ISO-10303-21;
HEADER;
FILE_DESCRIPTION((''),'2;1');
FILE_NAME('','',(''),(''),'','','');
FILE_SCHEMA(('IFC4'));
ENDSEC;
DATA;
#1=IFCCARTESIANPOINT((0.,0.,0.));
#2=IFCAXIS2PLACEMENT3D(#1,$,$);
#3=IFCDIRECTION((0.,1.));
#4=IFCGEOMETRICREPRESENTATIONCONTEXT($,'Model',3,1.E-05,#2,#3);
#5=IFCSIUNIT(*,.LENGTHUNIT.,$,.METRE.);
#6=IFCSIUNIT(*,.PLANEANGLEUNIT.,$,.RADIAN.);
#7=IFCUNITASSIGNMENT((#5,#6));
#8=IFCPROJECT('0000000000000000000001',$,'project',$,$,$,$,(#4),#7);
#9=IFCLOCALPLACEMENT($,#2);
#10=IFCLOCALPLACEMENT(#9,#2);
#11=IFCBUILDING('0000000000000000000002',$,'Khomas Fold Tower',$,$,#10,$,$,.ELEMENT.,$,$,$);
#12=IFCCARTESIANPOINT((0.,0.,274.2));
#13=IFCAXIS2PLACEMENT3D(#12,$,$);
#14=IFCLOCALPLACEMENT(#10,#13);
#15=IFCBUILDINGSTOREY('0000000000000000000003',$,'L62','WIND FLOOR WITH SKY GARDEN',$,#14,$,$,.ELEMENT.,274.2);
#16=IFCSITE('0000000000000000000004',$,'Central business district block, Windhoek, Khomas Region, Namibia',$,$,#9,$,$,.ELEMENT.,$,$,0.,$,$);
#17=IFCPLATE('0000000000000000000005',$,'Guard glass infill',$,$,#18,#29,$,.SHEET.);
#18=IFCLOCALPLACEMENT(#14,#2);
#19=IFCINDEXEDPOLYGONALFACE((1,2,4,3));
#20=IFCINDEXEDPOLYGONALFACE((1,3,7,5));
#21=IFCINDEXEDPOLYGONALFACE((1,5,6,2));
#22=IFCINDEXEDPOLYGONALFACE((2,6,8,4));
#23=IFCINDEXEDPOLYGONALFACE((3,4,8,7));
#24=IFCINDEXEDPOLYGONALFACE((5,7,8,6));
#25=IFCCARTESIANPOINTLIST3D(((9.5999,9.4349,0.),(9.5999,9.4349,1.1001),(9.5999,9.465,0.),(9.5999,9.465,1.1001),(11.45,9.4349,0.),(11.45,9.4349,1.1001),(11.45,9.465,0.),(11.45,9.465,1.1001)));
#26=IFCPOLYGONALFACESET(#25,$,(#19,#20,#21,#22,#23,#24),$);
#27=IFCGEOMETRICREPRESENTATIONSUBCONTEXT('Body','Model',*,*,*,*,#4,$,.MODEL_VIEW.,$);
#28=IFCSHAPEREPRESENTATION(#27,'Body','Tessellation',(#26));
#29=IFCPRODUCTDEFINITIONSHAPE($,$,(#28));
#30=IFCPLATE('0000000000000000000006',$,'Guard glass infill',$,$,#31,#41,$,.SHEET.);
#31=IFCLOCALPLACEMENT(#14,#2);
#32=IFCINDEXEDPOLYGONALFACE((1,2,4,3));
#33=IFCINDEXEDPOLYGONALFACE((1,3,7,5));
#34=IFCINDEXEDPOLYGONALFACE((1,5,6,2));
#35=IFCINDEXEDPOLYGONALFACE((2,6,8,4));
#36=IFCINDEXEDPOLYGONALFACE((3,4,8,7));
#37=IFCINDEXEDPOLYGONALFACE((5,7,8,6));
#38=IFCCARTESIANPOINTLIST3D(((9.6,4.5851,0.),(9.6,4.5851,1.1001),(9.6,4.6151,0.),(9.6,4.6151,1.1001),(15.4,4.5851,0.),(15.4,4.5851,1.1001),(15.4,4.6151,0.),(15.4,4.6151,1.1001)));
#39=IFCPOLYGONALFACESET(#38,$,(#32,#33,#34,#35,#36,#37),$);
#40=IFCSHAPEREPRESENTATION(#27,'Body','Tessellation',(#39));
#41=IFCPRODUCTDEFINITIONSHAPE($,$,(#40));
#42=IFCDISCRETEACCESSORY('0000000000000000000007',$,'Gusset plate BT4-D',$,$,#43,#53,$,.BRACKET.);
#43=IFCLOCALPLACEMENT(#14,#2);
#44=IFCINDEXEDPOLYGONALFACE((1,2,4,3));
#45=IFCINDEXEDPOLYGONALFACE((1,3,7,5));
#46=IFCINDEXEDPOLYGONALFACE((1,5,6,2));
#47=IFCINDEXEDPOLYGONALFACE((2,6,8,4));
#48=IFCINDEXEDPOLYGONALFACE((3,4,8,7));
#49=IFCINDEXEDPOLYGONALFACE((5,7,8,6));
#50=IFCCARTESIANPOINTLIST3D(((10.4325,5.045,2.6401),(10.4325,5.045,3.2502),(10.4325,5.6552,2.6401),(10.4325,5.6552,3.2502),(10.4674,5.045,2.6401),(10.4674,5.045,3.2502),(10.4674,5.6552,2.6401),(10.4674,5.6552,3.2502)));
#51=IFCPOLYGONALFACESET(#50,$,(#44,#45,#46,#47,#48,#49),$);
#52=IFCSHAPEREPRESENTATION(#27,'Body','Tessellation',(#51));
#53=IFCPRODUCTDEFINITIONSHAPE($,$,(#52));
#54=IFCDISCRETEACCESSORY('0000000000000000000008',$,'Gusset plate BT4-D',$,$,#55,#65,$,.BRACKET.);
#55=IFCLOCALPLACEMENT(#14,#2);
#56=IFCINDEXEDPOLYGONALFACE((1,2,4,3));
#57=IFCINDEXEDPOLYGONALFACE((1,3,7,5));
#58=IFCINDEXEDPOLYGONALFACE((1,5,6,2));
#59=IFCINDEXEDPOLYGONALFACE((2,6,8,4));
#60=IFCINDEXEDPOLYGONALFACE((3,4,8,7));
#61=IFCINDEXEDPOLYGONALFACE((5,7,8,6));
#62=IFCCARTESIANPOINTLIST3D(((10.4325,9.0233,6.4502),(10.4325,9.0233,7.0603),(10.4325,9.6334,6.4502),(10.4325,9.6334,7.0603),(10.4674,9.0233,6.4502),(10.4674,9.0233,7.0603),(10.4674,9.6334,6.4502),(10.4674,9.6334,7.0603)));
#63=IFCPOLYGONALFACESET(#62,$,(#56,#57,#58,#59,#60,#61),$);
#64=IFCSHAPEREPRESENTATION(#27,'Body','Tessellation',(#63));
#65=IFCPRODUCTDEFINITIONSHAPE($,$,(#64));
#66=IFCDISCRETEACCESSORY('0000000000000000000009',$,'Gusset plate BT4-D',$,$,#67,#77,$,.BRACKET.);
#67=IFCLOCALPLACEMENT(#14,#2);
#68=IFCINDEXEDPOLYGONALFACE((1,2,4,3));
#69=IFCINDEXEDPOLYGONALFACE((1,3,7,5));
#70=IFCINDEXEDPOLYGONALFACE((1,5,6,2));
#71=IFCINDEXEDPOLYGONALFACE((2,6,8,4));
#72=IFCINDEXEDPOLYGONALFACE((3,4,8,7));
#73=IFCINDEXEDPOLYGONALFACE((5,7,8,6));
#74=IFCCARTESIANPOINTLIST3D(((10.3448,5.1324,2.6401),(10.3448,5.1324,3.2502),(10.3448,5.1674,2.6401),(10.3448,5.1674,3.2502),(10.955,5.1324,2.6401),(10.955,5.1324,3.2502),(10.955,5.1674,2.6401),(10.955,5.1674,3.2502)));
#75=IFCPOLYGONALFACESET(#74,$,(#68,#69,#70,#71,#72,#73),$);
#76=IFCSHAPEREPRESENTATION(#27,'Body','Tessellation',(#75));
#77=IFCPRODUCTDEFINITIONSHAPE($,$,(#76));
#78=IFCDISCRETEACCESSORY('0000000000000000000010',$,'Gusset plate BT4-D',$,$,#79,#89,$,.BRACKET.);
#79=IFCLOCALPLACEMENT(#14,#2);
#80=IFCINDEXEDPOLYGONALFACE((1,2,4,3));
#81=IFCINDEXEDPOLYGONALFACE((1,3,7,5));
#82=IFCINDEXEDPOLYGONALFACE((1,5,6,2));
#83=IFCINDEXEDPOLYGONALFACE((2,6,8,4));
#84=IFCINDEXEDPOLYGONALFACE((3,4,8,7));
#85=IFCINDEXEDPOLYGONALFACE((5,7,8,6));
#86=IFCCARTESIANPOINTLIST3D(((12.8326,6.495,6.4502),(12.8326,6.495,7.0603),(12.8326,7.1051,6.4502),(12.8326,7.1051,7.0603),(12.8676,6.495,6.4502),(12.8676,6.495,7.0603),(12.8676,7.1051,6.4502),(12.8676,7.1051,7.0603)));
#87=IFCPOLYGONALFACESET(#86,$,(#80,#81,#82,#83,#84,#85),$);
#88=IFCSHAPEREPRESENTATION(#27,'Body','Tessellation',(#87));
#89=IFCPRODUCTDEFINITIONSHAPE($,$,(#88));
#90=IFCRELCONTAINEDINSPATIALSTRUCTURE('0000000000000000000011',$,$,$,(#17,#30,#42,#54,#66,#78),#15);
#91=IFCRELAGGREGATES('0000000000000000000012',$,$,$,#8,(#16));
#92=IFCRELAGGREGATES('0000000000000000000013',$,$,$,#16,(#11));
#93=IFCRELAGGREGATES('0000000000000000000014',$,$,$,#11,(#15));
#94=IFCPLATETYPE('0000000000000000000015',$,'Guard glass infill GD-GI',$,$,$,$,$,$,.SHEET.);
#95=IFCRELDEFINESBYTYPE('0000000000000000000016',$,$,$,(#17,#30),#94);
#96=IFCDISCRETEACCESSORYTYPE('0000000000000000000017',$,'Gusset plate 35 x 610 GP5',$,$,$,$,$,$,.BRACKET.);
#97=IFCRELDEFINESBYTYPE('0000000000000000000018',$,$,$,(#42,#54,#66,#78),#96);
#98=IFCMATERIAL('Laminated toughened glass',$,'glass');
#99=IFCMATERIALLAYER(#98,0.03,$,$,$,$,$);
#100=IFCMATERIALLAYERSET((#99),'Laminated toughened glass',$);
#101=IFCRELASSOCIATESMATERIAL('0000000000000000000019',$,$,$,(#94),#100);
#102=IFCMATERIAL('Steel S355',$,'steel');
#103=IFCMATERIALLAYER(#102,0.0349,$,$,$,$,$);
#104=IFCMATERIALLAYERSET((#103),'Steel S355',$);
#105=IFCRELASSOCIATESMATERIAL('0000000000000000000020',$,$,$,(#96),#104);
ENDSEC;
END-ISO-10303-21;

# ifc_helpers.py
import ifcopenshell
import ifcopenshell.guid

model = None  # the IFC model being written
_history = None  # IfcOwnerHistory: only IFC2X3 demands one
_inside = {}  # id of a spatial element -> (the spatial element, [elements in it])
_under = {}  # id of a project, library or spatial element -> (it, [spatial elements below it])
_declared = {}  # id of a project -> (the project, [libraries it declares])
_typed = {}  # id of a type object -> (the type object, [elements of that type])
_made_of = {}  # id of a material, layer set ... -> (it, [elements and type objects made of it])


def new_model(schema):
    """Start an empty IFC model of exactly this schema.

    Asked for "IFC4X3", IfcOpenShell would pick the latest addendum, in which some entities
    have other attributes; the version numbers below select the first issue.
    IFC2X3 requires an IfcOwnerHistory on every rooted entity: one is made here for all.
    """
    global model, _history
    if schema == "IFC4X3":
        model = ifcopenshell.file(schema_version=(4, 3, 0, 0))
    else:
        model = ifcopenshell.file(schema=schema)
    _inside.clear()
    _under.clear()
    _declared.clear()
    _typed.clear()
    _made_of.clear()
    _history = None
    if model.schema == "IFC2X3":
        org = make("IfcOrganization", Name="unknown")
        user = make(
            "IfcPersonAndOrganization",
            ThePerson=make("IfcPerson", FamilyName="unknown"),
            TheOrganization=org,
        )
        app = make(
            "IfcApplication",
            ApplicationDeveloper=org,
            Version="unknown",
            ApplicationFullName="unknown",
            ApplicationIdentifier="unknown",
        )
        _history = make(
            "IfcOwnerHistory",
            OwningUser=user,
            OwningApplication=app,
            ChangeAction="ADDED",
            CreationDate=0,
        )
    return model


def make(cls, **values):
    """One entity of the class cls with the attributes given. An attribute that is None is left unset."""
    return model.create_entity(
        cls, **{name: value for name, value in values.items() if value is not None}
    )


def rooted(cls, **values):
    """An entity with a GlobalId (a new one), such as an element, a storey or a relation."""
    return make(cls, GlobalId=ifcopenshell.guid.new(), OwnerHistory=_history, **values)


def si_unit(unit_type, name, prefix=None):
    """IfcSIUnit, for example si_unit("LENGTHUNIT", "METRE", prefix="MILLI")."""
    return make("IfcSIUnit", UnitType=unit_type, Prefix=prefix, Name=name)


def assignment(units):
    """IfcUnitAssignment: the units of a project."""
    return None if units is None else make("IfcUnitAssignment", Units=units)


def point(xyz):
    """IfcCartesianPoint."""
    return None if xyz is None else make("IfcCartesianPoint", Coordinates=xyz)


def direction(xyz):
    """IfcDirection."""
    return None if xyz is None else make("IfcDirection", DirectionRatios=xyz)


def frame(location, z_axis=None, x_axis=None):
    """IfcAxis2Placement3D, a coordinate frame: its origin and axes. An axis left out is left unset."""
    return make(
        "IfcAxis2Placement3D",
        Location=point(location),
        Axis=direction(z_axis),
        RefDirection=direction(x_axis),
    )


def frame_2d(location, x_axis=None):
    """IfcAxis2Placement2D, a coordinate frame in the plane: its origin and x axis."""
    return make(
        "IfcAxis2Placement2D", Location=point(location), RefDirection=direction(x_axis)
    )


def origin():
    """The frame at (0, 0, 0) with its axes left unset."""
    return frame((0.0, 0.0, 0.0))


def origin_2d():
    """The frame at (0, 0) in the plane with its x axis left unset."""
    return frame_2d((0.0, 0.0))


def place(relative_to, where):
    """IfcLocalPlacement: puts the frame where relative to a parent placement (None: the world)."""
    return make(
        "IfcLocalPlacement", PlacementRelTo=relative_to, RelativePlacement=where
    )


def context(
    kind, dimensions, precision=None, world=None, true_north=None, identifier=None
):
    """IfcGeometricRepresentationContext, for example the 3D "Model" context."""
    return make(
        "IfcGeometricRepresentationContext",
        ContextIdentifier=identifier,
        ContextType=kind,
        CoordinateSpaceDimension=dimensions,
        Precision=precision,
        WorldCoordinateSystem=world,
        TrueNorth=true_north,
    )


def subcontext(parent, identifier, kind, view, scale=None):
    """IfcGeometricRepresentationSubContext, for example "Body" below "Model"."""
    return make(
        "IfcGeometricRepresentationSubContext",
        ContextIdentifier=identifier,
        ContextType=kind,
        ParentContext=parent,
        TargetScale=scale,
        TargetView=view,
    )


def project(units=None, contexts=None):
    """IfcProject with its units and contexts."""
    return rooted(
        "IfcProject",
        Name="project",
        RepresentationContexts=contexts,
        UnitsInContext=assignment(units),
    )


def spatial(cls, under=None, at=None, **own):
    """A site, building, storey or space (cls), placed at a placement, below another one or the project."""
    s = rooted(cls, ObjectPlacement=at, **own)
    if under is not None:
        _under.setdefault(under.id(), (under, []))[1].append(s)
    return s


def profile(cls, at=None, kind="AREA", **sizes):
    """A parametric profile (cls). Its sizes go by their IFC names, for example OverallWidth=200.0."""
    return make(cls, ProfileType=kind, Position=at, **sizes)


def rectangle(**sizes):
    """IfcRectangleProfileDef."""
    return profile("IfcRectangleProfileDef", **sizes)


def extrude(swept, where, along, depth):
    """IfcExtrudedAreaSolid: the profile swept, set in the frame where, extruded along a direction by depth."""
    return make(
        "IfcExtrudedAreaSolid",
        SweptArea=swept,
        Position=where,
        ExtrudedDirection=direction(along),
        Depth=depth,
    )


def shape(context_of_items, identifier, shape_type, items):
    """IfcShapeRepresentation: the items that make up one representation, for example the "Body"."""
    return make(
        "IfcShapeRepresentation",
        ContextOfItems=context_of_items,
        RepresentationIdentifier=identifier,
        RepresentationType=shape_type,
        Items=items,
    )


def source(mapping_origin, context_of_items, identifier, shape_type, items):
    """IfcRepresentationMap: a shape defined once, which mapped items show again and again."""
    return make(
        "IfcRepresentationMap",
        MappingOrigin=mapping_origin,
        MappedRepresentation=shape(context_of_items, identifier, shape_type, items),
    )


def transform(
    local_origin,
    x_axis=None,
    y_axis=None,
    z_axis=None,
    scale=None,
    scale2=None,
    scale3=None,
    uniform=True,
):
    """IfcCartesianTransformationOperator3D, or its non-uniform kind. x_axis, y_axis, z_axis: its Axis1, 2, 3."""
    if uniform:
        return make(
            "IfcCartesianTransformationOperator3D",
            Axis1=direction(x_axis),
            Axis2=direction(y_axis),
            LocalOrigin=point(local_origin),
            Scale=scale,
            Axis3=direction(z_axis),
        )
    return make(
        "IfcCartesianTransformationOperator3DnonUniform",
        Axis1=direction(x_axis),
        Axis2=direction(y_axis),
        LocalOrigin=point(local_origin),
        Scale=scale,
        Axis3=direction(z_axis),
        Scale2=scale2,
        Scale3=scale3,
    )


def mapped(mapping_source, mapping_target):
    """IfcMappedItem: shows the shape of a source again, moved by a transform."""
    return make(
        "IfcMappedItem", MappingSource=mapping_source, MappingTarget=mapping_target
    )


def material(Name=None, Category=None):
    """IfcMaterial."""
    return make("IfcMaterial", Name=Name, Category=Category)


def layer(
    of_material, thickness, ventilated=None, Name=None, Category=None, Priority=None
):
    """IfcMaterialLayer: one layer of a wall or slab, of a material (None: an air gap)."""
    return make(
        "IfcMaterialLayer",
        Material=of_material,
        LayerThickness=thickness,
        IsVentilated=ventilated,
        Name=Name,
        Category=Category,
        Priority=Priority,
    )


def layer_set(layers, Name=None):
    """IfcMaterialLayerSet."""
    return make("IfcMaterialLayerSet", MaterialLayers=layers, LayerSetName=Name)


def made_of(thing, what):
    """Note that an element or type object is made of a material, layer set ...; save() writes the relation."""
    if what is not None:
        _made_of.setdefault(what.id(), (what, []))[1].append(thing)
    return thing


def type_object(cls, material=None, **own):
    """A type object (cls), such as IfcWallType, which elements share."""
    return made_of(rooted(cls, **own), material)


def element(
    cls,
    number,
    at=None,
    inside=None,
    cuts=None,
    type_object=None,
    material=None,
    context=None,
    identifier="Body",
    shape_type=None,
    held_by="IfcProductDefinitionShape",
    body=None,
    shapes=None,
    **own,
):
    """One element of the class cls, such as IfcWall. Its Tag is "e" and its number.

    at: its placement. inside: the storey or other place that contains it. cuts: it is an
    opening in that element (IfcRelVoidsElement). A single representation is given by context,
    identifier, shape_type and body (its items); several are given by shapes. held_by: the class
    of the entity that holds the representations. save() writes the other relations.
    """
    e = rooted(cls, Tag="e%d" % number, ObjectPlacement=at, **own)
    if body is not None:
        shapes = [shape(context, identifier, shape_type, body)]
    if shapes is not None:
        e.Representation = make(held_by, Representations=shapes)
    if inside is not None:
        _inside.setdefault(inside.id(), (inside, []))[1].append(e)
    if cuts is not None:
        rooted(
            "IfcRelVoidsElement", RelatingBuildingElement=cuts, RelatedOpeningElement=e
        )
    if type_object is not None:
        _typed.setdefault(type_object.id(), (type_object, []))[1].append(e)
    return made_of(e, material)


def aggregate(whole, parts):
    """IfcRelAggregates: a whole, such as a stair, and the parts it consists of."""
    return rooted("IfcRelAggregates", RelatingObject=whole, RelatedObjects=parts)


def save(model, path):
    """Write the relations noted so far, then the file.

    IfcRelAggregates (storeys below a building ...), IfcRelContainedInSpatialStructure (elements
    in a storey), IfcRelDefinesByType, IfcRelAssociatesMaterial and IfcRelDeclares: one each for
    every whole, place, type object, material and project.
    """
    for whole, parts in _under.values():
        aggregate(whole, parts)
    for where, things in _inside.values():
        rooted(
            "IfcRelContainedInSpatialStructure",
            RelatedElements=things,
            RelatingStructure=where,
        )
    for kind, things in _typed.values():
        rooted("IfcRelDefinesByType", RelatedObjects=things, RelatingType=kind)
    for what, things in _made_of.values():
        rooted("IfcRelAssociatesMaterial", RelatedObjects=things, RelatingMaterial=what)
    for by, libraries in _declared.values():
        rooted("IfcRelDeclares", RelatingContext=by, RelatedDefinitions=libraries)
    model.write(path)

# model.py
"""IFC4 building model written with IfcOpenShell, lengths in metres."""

from ifc_helpers import new_model, si_unit, direction, frame, origin, origin_2d, place, context, subcontext, project, spatial, rectangle, extrude, source, transform, mapped, material, layer, layer_set, type_object, element, save


model = new_model("IFC4")

# Units and contexts
model_context = context("Model", 3, precision=1e-05, world=origin(), true_north=direction((0.0, 1.0)))
body_context = subcontext(model_context, "Body", "Model", "MODEL_VIEW")
ifc_project = project(units=[si_unit("LENGTHUNIT", "METRE"), si_unit("PLANEANGLEUNIT", "RADIAN")], contexts=[model_context])

# Site, building, storey
site_placement = place(None, origin())
site = spatial("IfcSite", under=ifc_project, at=site_placement, Name="Central business district block, Windhoek, Khomas Region, Namibia", CompositionType="ELEMENT", RefElevation=0.0)
building_placement = place(site_placement, origin())
building = spatial("IfcBuilding", under=site, at=building_placement, Name="Khomas Fold Tower", CompositionType="ELEMENT")
storey_placement = place(building_placement, frame((0.0, 0.0, 274.2)))
storey = spatial("IfcBuildingStorey", under=building, at=storey_placement, Name="L62", Description="WIND FLOOR WITH SKY GARDEN", CompositionType="ELEMENT", Elevation=274.2)

# Plates
ifc_material_1 = material(Name="Laminated toughened glass", Category="glass")
ifc_layer_1 = layer(ifc_material_1, 0.03)
ifc_layer_set_1 = layer_set([ifc_layer_1], Name="Laminated toughened glass")
plate_type = type_object("IfcPlateType", Name="Guard glass infill GD-GI", PredefinedType="SHEET", material=ifc_layer_set_1)
shared_shape_1 = source(origin(), body_context, "Body", "SweptSolid", [
    extrude(rectangle(XDim=1.8501, YDim=0.03, at=origin_2d()), origin(), (0.0, 0.0, 1.0), 1.1001),
])
plate_1_placement = place(storey_placement, frame((10.5249, 9.45, 0.0), z_axis=(0.0, 0.0, 1.0), x_axis=(1.0, 0.0, 0.0)))
element("IfcPlate", 1, at=plate_1_placement, inside=storey, type_object=plate_type, Name="Guard glass infill", PredefinedType="SHEET", context=body_context, shape_type="MappedRepresentation", body=[
    mapped(shared_shape_1, transform((0.0, 0.0, 0.0))),
])
shared_shape_2 = source(origin(), body_context, "Body", "SweptSolid", [
    extrude(rectangle(XDim=5.8, YDim=0.03, at=origin_2d()), origin(), (0.0, 0.0, 1.0), 1.1001),
])
plate_2_placement = place(storey_placement, frame((12.5, 4.6001, 0.0), z_axis=(0.0, 0.0, 1.0), x_axis=(-1.0, 0.0, 0.0)))
element("IfcPlate", 2, at=plate_2_placement, inside=storey, type_object=plate_type, Name="Guard glass infill", PredefinedType="SHEET", context=body_context, shape_type="MappedRepresentation", body=[
    mapped(shared_shape_2, transform((0.0, 0.0, 0.0))),
])

# Discrete accessories
ifc_material_2 = material(Name="Steel S355", Category="steel")
ifc_layer_2 = layer(ifc_material_2, 0.0349)
ifc_layer_set_2 = layer_set([ifc_layer_2], Name="Steel S355")
discrete_accessory_type = type_object("IfcDiscreteAccessoryType", Name="Gusset plate 35 x 610 GP5", PredefinedType="BRACKET", material=ifc_layer_set_2)
shared_shape_3 = source(origin(), body_context, "Body", "SweptSolid", [
    extrude(rectangle(XDim=0.6101, YDim=0.0349, at=origin_2d()), origin(), (0.0, 0.0, 1.0), 0.6101),
])
for number, where, z_axis, x_axis, name in (
    (3, (10.45, 5.3501, 2.6401), (0.0, 0.0, 1.0), (0.0, 1.0, 0.0), "Gusset plate BT4-D"),
    (4, (10.45, 9.3284, 6.4502), (0.0, 0.0, 1.0), (0.0, 1.0, 0.0), "Gusset plate BT4-D"),
    (5, (10.6499, 5.1499, 2.6401), (0.0, 0.0, 1.0), (1.0, 0.0, 0.0), "Gusset plate BT4-D"),
    (6, (12.8501, 6.8, 6.4502), (0.0, 0.0, 1.0), (0.0, 1.0, 0.0), "Gusset plate BT4-D"),
):
    element("IfcDiscreteAccessory", number, at=place(storey_placement, frame(where, z_axis=z_axis, x_axis=x_axis)), inside=storey, type_object=discrete_accessory_type, Name=name, PredefinedType="BRACKET", context=body_context, shape_type="MappedRepresentation", body=[
        mapped(shared_shape_3, transform((0.0, 0.0, 0.0))),
    ])

save(model, "model.ifc")
